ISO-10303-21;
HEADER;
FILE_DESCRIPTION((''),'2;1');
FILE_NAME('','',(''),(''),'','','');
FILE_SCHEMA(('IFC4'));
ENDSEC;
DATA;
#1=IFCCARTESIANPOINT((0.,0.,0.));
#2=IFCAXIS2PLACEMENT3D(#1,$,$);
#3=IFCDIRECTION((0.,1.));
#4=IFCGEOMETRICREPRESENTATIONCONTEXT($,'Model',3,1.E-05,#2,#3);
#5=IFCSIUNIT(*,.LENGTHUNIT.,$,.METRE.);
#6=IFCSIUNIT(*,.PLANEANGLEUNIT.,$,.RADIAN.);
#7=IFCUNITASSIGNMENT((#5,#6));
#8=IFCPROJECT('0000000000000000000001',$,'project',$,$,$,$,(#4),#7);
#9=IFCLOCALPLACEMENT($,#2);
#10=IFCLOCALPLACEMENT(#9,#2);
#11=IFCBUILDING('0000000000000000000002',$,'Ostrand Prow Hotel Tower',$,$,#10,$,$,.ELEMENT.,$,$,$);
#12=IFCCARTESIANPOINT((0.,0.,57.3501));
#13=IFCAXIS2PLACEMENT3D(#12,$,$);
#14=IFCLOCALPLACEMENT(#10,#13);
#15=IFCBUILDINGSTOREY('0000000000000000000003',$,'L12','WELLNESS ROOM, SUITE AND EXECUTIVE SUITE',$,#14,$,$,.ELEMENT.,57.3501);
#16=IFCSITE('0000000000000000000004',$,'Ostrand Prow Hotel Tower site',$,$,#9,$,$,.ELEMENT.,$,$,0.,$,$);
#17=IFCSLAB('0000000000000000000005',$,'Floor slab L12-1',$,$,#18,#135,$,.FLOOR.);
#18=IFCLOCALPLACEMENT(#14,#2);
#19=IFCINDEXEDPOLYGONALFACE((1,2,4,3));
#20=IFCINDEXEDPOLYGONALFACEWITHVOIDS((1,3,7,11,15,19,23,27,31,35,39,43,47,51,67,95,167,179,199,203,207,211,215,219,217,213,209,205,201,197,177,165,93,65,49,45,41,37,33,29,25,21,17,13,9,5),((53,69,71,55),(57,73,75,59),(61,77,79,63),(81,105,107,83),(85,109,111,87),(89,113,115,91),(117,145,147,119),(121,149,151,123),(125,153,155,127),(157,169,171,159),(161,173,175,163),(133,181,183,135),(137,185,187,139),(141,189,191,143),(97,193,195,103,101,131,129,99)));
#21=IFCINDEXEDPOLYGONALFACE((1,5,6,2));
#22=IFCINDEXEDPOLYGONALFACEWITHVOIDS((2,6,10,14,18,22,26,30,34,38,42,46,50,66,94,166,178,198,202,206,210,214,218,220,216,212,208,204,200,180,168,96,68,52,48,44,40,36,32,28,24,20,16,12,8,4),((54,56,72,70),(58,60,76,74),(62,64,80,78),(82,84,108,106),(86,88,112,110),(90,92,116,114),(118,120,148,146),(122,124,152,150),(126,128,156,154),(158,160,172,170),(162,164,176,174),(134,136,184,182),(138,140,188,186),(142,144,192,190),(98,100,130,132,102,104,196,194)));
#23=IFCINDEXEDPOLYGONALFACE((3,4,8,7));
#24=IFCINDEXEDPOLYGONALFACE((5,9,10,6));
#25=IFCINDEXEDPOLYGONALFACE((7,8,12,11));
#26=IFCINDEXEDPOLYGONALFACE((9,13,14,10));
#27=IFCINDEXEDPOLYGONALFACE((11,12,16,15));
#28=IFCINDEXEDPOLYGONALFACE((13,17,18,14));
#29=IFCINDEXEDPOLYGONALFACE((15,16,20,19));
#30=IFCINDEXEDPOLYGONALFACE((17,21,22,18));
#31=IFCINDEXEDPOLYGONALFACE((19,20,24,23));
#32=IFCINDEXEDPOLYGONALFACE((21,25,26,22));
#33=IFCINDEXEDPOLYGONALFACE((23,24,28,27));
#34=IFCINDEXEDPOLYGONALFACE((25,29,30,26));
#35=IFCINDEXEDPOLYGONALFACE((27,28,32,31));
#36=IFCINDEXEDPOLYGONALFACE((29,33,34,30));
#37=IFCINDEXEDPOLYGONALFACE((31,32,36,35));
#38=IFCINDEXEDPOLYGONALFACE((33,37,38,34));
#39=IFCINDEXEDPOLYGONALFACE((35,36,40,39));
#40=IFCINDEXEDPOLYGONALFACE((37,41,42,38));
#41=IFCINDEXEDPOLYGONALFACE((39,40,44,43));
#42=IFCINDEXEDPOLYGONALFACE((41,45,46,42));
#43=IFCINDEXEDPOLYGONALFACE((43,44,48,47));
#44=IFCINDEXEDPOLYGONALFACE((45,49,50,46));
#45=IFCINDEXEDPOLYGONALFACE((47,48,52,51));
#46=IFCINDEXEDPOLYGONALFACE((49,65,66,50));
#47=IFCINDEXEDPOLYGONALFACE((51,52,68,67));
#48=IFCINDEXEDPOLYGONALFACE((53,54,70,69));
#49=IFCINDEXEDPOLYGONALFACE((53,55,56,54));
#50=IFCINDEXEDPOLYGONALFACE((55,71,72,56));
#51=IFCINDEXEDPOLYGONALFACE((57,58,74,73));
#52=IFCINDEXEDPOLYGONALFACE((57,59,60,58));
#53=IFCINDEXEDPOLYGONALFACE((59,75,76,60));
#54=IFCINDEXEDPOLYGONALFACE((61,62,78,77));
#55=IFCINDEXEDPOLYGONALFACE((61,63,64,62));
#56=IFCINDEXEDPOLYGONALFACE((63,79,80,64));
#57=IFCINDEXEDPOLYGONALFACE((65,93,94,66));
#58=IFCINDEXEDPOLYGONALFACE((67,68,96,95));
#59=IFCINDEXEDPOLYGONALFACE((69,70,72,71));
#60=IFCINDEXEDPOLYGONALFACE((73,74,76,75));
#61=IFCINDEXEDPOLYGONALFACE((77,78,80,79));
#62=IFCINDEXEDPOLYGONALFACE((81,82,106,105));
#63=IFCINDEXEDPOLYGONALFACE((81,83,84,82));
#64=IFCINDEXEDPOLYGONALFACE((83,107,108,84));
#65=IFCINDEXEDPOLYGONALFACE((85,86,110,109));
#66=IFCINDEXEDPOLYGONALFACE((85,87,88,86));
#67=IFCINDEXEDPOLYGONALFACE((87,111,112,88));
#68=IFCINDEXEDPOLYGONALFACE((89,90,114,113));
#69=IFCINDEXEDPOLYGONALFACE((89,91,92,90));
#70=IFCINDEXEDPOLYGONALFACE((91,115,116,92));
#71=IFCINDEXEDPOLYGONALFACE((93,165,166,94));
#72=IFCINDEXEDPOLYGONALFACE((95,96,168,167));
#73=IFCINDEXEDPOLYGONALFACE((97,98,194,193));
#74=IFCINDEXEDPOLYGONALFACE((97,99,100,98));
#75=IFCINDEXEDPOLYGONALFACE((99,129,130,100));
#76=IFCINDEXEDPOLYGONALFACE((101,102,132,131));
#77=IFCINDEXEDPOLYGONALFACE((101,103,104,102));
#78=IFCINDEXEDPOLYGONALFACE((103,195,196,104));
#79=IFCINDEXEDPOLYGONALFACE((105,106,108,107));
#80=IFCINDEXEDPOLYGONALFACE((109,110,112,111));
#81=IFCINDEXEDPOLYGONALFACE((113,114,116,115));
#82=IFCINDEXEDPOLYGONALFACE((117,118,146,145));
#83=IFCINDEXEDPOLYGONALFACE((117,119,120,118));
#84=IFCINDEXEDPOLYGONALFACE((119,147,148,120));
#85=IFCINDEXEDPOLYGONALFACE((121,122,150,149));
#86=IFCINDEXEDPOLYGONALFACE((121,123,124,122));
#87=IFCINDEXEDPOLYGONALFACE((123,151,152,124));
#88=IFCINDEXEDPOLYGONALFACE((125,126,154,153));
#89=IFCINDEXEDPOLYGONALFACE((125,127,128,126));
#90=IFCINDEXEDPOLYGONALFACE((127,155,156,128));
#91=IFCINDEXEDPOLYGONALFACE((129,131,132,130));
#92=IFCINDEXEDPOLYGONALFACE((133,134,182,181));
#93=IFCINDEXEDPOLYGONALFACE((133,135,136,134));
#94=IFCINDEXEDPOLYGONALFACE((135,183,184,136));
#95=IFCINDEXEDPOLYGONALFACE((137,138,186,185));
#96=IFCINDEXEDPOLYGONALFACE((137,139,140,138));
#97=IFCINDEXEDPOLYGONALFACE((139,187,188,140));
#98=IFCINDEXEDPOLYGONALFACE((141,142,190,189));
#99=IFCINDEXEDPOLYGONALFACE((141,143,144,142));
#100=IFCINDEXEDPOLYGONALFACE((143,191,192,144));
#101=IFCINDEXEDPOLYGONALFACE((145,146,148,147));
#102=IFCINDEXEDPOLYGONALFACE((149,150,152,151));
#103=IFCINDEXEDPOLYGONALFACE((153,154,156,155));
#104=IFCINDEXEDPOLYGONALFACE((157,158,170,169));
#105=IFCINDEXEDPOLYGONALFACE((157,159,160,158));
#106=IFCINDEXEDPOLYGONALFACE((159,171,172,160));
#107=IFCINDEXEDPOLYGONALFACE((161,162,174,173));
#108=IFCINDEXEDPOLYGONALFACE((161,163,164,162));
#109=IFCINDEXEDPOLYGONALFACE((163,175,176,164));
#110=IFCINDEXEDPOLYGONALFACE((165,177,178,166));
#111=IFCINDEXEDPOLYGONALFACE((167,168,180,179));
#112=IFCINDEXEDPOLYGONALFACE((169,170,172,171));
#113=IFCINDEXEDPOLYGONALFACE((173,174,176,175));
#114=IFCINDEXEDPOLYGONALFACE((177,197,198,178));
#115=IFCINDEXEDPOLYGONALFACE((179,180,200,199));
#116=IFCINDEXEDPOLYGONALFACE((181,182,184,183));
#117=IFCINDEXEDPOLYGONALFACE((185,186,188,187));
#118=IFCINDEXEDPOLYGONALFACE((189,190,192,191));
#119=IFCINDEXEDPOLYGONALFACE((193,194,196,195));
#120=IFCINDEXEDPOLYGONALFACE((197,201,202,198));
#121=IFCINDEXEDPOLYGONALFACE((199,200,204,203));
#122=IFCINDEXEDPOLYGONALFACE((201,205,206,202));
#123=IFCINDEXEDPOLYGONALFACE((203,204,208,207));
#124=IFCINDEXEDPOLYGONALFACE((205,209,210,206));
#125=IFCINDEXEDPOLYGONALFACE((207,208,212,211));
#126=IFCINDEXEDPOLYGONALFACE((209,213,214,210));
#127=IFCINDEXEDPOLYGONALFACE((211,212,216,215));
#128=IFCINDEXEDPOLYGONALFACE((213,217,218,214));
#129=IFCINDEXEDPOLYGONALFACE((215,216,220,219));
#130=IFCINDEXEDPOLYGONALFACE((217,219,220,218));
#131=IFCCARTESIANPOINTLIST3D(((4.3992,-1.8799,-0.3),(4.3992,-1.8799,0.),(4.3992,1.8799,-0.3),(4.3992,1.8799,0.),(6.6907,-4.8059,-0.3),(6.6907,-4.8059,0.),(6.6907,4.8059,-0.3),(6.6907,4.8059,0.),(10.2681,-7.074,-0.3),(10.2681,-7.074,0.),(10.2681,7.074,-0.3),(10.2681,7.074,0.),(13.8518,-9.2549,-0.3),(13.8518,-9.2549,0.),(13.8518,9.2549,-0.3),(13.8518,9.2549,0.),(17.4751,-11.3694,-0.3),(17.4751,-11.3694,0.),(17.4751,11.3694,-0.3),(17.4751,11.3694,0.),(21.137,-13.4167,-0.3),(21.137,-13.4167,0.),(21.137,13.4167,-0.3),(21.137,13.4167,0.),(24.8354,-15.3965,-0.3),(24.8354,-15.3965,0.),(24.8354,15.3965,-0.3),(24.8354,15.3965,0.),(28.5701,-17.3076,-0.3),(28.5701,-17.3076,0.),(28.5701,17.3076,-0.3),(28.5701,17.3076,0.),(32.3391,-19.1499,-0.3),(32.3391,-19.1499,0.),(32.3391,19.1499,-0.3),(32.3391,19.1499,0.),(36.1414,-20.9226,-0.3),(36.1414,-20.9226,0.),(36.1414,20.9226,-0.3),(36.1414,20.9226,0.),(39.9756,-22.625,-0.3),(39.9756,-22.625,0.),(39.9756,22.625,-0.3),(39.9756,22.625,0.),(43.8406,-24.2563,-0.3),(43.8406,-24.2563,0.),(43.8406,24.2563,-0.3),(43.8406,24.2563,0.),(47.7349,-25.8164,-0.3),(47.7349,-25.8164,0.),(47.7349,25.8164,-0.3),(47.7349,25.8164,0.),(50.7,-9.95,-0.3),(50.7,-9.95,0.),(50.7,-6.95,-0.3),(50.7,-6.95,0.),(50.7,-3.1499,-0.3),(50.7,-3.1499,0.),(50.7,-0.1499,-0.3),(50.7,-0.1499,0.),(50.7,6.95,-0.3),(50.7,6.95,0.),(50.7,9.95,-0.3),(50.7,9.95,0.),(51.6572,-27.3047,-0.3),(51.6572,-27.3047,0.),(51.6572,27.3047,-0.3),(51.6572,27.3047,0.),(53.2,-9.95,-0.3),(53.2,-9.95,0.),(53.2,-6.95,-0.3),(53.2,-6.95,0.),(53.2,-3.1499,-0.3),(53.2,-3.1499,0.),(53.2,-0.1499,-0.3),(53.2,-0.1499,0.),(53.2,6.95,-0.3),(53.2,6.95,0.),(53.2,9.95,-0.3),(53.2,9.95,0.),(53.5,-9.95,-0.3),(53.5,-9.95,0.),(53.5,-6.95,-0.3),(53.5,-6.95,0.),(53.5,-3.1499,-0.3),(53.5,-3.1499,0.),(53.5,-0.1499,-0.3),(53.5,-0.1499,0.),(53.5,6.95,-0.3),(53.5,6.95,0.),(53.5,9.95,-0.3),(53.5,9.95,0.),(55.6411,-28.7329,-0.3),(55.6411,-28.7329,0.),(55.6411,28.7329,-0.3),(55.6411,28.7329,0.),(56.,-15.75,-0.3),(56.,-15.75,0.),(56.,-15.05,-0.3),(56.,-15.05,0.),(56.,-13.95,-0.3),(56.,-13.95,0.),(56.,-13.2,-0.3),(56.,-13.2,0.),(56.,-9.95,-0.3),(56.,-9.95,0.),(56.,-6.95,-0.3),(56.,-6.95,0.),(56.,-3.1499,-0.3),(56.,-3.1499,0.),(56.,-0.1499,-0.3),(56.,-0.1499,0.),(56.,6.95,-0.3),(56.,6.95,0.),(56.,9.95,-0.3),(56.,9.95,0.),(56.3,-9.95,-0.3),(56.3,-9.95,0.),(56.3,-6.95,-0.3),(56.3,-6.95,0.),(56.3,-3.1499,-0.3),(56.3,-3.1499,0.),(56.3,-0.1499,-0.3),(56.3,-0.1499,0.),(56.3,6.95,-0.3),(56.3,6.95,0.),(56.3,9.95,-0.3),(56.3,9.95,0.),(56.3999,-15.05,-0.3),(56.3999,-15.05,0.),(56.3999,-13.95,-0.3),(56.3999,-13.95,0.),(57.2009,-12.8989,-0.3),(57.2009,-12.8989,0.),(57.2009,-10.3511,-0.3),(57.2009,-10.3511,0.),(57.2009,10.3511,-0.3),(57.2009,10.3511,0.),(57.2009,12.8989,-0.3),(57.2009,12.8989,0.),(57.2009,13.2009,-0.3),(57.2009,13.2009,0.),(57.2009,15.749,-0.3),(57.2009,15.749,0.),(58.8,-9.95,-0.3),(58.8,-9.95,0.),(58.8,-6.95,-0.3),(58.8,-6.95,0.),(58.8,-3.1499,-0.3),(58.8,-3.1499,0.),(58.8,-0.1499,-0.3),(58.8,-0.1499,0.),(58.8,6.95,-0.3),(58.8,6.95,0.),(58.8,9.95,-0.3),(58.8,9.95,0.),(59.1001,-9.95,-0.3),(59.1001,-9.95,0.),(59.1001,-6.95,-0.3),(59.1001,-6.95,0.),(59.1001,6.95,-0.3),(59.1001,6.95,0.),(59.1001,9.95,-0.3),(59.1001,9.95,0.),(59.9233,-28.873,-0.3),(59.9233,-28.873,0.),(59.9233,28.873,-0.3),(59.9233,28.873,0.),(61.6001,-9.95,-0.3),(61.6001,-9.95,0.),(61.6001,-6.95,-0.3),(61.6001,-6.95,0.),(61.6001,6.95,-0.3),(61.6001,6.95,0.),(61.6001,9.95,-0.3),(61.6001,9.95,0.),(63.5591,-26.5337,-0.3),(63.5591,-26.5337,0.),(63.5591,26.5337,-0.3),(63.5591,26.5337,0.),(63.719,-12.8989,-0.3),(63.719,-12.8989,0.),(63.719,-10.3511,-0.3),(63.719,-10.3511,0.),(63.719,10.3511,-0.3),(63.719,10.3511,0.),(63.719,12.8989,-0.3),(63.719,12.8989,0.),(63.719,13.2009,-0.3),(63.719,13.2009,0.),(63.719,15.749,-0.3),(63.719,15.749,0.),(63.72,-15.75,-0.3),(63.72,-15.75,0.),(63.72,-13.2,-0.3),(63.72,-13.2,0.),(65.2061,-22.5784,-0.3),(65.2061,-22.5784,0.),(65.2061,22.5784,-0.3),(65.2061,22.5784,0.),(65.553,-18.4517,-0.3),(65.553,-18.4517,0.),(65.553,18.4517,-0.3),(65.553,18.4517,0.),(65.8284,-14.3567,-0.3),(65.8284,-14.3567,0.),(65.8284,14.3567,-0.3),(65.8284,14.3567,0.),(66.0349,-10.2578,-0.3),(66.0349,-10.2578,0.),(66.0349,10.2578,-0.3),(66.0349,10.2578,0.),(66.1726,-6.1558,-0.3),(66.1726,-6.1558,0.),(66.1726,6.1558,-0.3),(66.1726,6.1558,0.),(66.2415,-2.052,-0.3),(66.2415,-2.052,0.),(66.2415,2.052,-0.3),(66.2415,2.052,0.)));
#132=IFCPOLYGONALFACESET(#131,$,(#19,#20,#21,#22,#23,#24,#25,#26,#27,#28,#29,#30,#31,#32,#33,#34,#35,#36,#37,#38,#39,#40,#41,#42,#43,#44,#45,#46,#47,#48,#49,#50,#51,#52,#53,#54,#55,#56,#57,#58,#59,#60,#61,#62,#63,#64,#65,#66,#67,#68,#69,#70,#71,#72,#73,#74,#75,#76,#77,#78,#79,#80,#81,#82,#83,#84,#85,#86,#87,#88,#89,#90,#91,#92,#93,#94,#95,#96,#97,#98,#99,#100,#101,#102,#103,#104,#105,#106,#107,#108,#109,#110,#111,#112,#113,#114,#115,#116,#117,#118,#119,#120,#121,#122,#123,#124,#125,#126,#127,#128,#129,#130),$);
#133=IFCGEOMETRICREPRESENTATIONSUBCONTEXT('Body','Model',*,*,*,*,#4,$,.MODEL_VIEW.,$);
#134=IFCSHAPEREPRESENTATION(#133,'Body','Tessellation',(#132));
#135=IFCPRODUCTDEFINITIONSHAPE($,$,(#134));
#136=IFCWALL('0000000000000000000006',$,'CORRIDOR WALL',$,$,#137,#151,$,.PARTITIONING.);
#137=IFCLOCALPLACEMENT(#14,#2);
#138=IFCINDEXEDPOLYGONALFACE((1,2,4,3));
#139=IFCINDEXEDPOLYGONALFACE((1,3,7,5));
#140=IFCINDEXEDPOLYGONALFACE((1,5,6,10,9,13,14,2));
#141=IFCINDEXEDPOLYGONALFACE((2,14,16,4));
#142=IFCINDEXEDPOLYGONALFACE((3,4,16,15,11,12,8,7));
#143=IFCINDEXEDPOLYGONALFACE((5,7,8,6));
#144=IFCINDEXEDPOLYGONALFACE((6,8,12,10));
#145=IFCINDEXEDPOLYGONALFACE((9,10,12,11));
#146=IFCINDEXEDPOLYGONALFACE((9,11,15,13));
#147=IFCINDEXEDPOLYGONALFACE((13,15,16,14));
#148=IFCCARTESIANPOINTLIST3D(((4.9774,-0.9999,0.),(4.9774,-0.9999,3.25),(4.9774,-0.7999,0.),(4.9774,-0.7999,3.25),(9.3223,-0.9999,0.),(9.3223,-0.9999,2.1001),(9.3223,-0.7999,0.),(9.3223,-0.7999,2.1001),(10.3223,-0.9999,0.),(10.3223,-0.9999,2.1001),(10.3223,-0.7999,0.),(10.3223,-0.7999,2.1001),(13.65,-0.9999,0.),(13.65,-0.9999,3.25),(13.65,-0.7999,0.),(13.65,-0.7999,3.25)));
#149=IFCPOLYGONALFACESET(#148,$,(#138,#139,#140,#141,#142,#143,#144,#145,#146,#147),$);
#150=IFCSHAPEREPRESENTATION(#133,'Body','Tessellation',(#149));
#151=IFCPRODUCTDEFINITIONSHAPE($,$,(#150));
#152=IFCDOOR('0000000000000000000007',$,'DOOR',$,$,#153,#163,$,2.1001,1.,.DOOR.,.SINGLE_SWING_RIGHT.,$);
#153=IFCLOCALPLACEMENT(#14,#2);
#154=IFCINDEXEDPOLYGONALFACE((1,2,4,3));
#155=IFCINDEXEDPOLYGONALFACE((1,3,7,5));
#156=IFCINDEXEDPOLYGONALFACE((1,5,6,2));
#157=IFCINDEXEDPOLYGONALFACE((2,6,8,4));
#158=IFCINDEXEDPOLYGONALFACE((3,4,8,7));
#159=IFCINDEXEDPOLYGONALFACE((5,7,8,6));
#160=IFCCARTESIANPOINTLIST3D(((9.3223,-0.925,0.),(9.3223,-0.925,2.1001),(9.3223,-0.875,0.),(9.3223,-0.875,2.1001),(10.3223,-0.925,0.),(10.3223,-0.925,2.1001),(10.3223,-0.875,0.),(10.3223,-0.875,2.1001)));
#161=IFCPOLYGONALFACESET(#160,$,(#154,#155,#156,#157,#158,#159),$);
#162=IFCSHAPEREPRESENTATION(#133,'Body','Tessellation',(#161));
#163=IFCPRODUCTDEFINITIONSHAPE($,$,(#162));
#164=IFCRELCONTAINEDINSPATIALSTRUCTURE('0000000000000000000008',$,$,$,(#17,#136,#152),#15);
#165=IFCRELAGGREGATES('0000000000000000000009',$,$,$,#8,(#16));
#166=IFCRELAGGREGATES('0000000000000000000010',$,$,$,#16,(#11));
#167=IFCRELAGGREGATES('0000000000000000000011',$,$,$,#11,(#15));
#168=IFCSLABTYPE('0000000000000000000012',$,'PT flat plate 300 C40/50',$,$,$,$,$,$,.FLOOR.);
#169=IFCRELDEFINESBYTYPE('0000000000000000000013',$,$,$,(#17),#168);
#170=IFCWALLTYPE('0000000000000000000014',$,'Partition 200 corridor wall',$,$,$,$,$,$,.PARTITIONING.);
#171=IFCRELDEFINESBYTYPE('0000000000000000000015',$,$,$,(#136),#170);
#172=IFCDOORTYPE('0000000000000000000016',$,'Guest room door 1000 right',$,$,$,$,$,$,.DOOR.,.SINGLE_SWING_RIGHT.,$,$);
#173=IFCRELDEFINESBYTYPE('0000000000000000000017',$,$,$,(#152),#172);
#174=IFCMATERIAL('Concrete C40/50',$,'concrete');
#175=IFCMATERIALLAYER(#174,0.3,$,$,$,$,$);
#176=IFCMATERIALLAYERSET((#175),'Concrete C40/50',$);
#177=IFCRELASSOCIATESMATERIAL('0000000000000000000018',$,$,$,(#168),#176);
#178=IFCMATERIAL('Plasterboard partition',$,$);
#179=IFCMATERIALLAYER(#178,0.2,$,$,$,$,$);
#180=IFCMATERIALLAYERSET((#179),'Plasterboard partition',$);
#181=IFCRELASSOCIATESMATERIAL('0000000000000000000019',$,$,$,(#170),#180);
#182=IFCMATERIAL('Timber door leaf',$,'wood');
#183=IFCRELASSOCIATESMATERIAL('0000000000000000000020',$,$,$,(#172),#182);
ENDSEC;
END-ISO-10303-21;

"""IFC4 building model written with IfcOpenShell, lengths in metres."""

from ifc_helpers import new_model, si_unit, direction, frame, frame_2d, origin, place, context, subcontext, project, spatial, polyline, rectangle, outline, extrude, material, layer, layer_set, type_object, element, fill, save


model = new_model("IFC4")

# Units and contexts
model_context = context("Model", 3, precision=1e-05, world=origin(), true_north=direction((0.0, 1.0)))
body_context = subcontext(model_context, "Body", "Model", "MODEL_VIEW")
ifc_project = project(units=[si_unit("LENGTHUNIT", "METRE"), si_unit("PLANEANGLEUNIT", "RADIAN")], contexts=[model_context])

# Site, building, storey
site_placement = place(None, origin())
site = spatial("IfcSite", under=ifc_project, at=site_placement, Name="Ostrand Prow Hotel Tower site", CompositionType="ELEMENT", RefElevation=0.0)
building_placement = place(site_placement, origin())
building = spatial("IfcBuilding", under=site, at=building_placement, Name="Ostrand Prow Hotel Tower", CompositionType="ELEMENT")
storey_placement = place(building_placement, frame((0.0, 0.0, 57.3501)))
storey = spatial("IfcBuildingStorey", under=building, at=storey_placement, Name="L12", Description="WELLNESS ROOM, SUITE AND EXECUTIVE SUITE", CompositionType="ELEMENT", Elevation=57.3501)

# Slab, opening
ifc_material_1 = material(Name="Concrete C40/50", Category="concrete")
ifc_layer_1 = layer(ifc_material_1, 0.3)
ifc_layer_set_1 = layer_set([ifc_layer_1], Name="Concrete C40/50")
slab_type = type_object("IfcSlabType", Name="PT flat plate 300 C40/50", PredefinedType="FLOOR", material=ifc_layer_set_1)
slab_placement = place(storey_placement, frame((0.0, 0.0, -0.3)))
slab = element("IfcSlab", 1, at=slab_placement, inside=storey, type_object=slab_type, Name="Floor slab L12-1", PredefinedType="FLOOR", context=body_context, shape_type="SweptSolid", body=[
    extrude(outline(polyline([(6.6907, 4.8059), (10.2681, 7.074), (13.8518, 9.2549), (17.4751, 11.3694), (21.137, 13.4167), (24.8354, 15.3965), (28.5701, 17.3076), (32.3391, 19.1499), (36.1414, 20.9226), (39.9756, 22.625), (43.8406, 24.2563), (47.7349, 25.8164), (51.6572, 27.3047), (55.6411, 28.7329), (59.9233, 28.873), (63.5591, 26.5337), (65.2061, 22.5784), (65.553, 18.4517), (65.8284, 14.3567), (66.0349, 10.2578), (66.1726, 6.1558), (66.2415, 2.052), (66.2415, -2.052), (66.1726, -6.1558), (66.0349, -10.2578), (65.8284, -14.3567), (65.553, -18.4517), (65.2061, -22.5784), (63.5591, -26.5337), (59.9233, -28.873), (55.6411, -28.7329), (51.6572, -27.3047), (47.7349, -25.8164), (43.8406, -24.2563), (39.9756, -22.625), (36.1414, -20.9226), (32.3391, -19.1499), (28.5701, -17.3076), (24.8354, -15.3965), (21.137, -13.4167), (17.4751, -11.3694), (13.8518, -9.2549), (10.2681, -7.074), (6.6907, -4.8059), (4.3992, -1.8799), (4.3992, 1.8799), (6.6907, 4.8059)]), holes=[polyline([(50.7, 6.95), (53.2, 6.95), (53.2, 9.95), (50.7, 9.95), (50.7, 6.95)]), polyline([(53.5, 6.95), (56.0, 6.95), (56.0, 9.95), (53.5, 9.95), (53.5, 6.95)]), polyline([(56.3, 6.95), (58.8, 6.95), (58.8, 9.95), (56.3, 9.95), (56.3, 6.95)]), polyline([(59.1001, 6.95), (61.6001, 6.95), (61.6001, 9.95), (59.1001, 9.95), (59.1001, 6.95)]), polyline([(50.7, -3.1499), (53.2, -3.1499), (53.2, -0.1499), (50.7, -0.1499), (50.7, -3.1499)]), polyline([(53.5, -3.1499), (56.0, -3.1499), (56.0, -0.1499), (53.5, -0.1499), (53.5, -3.1499)]), polyline([(56.3, -3.1499), (58.8, -3.1499), (58.8, -0.1499), (56.3, -0.1499), (56.3, -3.1499)]), polyline([(50.7, -9.95), (53.2, -9.95), (53.2, -6.95), (50.7, -6.95), (50.7, -9.95)]), polyline([(53.5, -9.95), (56.0, -9.95), (56.0, -6.95), (53.5, -6.95), (53.5, -9.95)]), polyline([(56.3, -9.95), (58.8, -9.95), (58.8, -6.95), (56.3, -6.95), (56.3, -9.95)]), polyline([(59.1001, -9.95), (61.6001, -9.95), (61.6001, -6.95), (59.1001, -6.95), (59.1001, -9.95)]), polyline([(57.2009, 10.3511), (57.2009, 12.8989), (63.719, 12.8989), (63.719, 10.3511), (57.2009, 10.3511)]), polyline([(57.2009, 13.2009), (57.2009, 15.749), (63.719, 15.749), (63.719, 13.2009), (57.2009, 13.2009)]), polyline([(57.2009, -12.8989), (57.2009, -10.3511), (63.719, -10.3511), (63.719, -12.8989), (57.2009, -12.8989)]), polyline([(56.0, -13.2), (63.72, -13.2), (63.72, -15.75), (56.0, -15.75), (56.0, -15.05), (56.3999, -15.05), (56.3999, -13.95), (56.0, -13.95), (56.0, -13.2)])]), origin(), (0.0, 0.0, 1.0), 0.3),
])
opening_1_placement = place(slab_placement, origin())
element("IfcOpeningElement", 2, at=opening_1_placement, cuts=slab, PredefinedType="OPENING", context=body_context, shape_type="SweptSolid", body=[
    extrude(outline(polyline([(56.0, -13.2), (63.72, -13.2), (63.72, -15.75), (56.0, -15.75), (56.0, -15.05), (56.3999, -15.05), (56.3999, -13.95), (56.0, -13.95), (56.0, -13.2)])), origin(), (0.0, 0.0, 1.0), 0.3),
])

# Wall, opening, door
ifc_material_2 = material(Name="Plasterboard partition")
ifc_layer_2 = layer(ifc_material_2, 0.2)
ifc_layer_set_2 = layer_set([ifc_layer_2], Name="Plasterboard partition")
wall_type_1 = type_object("IfcWallType", Name="Partition 200 corridor wall", PredefinedType="PARTITIONING", material=ifc_layer_set_2)
wall_1_placement = place(storey_placement, frame((4.9773, -0.8999, 0.0), z_axis=(0.0, 0.0, 1.0), x_axis=(1.0, 0.0, 0.0)))
wall_1 = element("IfcWall", 3, at=wall_1_placement, inside=storey, type_object=wall_type_1, Name="CORRIDOR WALL", PredefinedType="PARTITIONING", context=body_context, shape_type="SweptSolid", body=[
    extrude(rectangle(XDim=8.6726, YDim=0.2, at=frame_2d((4.3364, 0.0))), origin(), (0.0, 0.0, 1.0), 3.25),
])
opening_2_placement = place(wall_1_placement, frame((4.345, 0.0, 0.0)))
opening_2 = element("IfcOpeningElement", 4, at=opening_2_placement, cuts=wall_1, PredefinedType="OPENING", context=body_context, shape_type="SweptSolid", body=[
    extrude(rectangle(XDim=1.0, YDim=2.1001, at=frame_2d((0.5, 1.05))), frame((0.0, 0.1099, 0.0), z_axis=(0.0, -1.0, 0.0), x_axis=(1.0, 0.0, 0.0)), (0.0, 0.0, 1.0), 0.22),
])
ifc_material_3 = material(Name="Timber door leaf", Category="wood")
door_type = type_object("IfcDoorType", Name="Guest room door 1000 right", OperationType="SINGLE_SWING_RIGHT", PredefinedType="DOOR", material=ifc_material_3)
door_placement = place(opening_2_placement, origin())
door = element("IfcDoor", 5, at=door_placement, inside=storey, type_object=door_type, Name="DOOR", OperationType="SINGLE_SWING_RIGHT", OverallHeight=2.1001, OverallWidth=1.0, PredefinedType="DOOR", context=body_context, shape_type="SweptSolid", body=[
    extrude(rectangle(XDim=1.0, YDim=2.1001, at=frame_2d((0.5, 1.05))), frame((0.0, 0.0249, 0.0), z_axis=(0.0, -1.0, 0.0), x_axis=(1.0, 0.0, 0.0)), (0.0, 0.0, 1.0), 0.05),
])
fill(opening_2, door)

save(model, "model.ifc")
